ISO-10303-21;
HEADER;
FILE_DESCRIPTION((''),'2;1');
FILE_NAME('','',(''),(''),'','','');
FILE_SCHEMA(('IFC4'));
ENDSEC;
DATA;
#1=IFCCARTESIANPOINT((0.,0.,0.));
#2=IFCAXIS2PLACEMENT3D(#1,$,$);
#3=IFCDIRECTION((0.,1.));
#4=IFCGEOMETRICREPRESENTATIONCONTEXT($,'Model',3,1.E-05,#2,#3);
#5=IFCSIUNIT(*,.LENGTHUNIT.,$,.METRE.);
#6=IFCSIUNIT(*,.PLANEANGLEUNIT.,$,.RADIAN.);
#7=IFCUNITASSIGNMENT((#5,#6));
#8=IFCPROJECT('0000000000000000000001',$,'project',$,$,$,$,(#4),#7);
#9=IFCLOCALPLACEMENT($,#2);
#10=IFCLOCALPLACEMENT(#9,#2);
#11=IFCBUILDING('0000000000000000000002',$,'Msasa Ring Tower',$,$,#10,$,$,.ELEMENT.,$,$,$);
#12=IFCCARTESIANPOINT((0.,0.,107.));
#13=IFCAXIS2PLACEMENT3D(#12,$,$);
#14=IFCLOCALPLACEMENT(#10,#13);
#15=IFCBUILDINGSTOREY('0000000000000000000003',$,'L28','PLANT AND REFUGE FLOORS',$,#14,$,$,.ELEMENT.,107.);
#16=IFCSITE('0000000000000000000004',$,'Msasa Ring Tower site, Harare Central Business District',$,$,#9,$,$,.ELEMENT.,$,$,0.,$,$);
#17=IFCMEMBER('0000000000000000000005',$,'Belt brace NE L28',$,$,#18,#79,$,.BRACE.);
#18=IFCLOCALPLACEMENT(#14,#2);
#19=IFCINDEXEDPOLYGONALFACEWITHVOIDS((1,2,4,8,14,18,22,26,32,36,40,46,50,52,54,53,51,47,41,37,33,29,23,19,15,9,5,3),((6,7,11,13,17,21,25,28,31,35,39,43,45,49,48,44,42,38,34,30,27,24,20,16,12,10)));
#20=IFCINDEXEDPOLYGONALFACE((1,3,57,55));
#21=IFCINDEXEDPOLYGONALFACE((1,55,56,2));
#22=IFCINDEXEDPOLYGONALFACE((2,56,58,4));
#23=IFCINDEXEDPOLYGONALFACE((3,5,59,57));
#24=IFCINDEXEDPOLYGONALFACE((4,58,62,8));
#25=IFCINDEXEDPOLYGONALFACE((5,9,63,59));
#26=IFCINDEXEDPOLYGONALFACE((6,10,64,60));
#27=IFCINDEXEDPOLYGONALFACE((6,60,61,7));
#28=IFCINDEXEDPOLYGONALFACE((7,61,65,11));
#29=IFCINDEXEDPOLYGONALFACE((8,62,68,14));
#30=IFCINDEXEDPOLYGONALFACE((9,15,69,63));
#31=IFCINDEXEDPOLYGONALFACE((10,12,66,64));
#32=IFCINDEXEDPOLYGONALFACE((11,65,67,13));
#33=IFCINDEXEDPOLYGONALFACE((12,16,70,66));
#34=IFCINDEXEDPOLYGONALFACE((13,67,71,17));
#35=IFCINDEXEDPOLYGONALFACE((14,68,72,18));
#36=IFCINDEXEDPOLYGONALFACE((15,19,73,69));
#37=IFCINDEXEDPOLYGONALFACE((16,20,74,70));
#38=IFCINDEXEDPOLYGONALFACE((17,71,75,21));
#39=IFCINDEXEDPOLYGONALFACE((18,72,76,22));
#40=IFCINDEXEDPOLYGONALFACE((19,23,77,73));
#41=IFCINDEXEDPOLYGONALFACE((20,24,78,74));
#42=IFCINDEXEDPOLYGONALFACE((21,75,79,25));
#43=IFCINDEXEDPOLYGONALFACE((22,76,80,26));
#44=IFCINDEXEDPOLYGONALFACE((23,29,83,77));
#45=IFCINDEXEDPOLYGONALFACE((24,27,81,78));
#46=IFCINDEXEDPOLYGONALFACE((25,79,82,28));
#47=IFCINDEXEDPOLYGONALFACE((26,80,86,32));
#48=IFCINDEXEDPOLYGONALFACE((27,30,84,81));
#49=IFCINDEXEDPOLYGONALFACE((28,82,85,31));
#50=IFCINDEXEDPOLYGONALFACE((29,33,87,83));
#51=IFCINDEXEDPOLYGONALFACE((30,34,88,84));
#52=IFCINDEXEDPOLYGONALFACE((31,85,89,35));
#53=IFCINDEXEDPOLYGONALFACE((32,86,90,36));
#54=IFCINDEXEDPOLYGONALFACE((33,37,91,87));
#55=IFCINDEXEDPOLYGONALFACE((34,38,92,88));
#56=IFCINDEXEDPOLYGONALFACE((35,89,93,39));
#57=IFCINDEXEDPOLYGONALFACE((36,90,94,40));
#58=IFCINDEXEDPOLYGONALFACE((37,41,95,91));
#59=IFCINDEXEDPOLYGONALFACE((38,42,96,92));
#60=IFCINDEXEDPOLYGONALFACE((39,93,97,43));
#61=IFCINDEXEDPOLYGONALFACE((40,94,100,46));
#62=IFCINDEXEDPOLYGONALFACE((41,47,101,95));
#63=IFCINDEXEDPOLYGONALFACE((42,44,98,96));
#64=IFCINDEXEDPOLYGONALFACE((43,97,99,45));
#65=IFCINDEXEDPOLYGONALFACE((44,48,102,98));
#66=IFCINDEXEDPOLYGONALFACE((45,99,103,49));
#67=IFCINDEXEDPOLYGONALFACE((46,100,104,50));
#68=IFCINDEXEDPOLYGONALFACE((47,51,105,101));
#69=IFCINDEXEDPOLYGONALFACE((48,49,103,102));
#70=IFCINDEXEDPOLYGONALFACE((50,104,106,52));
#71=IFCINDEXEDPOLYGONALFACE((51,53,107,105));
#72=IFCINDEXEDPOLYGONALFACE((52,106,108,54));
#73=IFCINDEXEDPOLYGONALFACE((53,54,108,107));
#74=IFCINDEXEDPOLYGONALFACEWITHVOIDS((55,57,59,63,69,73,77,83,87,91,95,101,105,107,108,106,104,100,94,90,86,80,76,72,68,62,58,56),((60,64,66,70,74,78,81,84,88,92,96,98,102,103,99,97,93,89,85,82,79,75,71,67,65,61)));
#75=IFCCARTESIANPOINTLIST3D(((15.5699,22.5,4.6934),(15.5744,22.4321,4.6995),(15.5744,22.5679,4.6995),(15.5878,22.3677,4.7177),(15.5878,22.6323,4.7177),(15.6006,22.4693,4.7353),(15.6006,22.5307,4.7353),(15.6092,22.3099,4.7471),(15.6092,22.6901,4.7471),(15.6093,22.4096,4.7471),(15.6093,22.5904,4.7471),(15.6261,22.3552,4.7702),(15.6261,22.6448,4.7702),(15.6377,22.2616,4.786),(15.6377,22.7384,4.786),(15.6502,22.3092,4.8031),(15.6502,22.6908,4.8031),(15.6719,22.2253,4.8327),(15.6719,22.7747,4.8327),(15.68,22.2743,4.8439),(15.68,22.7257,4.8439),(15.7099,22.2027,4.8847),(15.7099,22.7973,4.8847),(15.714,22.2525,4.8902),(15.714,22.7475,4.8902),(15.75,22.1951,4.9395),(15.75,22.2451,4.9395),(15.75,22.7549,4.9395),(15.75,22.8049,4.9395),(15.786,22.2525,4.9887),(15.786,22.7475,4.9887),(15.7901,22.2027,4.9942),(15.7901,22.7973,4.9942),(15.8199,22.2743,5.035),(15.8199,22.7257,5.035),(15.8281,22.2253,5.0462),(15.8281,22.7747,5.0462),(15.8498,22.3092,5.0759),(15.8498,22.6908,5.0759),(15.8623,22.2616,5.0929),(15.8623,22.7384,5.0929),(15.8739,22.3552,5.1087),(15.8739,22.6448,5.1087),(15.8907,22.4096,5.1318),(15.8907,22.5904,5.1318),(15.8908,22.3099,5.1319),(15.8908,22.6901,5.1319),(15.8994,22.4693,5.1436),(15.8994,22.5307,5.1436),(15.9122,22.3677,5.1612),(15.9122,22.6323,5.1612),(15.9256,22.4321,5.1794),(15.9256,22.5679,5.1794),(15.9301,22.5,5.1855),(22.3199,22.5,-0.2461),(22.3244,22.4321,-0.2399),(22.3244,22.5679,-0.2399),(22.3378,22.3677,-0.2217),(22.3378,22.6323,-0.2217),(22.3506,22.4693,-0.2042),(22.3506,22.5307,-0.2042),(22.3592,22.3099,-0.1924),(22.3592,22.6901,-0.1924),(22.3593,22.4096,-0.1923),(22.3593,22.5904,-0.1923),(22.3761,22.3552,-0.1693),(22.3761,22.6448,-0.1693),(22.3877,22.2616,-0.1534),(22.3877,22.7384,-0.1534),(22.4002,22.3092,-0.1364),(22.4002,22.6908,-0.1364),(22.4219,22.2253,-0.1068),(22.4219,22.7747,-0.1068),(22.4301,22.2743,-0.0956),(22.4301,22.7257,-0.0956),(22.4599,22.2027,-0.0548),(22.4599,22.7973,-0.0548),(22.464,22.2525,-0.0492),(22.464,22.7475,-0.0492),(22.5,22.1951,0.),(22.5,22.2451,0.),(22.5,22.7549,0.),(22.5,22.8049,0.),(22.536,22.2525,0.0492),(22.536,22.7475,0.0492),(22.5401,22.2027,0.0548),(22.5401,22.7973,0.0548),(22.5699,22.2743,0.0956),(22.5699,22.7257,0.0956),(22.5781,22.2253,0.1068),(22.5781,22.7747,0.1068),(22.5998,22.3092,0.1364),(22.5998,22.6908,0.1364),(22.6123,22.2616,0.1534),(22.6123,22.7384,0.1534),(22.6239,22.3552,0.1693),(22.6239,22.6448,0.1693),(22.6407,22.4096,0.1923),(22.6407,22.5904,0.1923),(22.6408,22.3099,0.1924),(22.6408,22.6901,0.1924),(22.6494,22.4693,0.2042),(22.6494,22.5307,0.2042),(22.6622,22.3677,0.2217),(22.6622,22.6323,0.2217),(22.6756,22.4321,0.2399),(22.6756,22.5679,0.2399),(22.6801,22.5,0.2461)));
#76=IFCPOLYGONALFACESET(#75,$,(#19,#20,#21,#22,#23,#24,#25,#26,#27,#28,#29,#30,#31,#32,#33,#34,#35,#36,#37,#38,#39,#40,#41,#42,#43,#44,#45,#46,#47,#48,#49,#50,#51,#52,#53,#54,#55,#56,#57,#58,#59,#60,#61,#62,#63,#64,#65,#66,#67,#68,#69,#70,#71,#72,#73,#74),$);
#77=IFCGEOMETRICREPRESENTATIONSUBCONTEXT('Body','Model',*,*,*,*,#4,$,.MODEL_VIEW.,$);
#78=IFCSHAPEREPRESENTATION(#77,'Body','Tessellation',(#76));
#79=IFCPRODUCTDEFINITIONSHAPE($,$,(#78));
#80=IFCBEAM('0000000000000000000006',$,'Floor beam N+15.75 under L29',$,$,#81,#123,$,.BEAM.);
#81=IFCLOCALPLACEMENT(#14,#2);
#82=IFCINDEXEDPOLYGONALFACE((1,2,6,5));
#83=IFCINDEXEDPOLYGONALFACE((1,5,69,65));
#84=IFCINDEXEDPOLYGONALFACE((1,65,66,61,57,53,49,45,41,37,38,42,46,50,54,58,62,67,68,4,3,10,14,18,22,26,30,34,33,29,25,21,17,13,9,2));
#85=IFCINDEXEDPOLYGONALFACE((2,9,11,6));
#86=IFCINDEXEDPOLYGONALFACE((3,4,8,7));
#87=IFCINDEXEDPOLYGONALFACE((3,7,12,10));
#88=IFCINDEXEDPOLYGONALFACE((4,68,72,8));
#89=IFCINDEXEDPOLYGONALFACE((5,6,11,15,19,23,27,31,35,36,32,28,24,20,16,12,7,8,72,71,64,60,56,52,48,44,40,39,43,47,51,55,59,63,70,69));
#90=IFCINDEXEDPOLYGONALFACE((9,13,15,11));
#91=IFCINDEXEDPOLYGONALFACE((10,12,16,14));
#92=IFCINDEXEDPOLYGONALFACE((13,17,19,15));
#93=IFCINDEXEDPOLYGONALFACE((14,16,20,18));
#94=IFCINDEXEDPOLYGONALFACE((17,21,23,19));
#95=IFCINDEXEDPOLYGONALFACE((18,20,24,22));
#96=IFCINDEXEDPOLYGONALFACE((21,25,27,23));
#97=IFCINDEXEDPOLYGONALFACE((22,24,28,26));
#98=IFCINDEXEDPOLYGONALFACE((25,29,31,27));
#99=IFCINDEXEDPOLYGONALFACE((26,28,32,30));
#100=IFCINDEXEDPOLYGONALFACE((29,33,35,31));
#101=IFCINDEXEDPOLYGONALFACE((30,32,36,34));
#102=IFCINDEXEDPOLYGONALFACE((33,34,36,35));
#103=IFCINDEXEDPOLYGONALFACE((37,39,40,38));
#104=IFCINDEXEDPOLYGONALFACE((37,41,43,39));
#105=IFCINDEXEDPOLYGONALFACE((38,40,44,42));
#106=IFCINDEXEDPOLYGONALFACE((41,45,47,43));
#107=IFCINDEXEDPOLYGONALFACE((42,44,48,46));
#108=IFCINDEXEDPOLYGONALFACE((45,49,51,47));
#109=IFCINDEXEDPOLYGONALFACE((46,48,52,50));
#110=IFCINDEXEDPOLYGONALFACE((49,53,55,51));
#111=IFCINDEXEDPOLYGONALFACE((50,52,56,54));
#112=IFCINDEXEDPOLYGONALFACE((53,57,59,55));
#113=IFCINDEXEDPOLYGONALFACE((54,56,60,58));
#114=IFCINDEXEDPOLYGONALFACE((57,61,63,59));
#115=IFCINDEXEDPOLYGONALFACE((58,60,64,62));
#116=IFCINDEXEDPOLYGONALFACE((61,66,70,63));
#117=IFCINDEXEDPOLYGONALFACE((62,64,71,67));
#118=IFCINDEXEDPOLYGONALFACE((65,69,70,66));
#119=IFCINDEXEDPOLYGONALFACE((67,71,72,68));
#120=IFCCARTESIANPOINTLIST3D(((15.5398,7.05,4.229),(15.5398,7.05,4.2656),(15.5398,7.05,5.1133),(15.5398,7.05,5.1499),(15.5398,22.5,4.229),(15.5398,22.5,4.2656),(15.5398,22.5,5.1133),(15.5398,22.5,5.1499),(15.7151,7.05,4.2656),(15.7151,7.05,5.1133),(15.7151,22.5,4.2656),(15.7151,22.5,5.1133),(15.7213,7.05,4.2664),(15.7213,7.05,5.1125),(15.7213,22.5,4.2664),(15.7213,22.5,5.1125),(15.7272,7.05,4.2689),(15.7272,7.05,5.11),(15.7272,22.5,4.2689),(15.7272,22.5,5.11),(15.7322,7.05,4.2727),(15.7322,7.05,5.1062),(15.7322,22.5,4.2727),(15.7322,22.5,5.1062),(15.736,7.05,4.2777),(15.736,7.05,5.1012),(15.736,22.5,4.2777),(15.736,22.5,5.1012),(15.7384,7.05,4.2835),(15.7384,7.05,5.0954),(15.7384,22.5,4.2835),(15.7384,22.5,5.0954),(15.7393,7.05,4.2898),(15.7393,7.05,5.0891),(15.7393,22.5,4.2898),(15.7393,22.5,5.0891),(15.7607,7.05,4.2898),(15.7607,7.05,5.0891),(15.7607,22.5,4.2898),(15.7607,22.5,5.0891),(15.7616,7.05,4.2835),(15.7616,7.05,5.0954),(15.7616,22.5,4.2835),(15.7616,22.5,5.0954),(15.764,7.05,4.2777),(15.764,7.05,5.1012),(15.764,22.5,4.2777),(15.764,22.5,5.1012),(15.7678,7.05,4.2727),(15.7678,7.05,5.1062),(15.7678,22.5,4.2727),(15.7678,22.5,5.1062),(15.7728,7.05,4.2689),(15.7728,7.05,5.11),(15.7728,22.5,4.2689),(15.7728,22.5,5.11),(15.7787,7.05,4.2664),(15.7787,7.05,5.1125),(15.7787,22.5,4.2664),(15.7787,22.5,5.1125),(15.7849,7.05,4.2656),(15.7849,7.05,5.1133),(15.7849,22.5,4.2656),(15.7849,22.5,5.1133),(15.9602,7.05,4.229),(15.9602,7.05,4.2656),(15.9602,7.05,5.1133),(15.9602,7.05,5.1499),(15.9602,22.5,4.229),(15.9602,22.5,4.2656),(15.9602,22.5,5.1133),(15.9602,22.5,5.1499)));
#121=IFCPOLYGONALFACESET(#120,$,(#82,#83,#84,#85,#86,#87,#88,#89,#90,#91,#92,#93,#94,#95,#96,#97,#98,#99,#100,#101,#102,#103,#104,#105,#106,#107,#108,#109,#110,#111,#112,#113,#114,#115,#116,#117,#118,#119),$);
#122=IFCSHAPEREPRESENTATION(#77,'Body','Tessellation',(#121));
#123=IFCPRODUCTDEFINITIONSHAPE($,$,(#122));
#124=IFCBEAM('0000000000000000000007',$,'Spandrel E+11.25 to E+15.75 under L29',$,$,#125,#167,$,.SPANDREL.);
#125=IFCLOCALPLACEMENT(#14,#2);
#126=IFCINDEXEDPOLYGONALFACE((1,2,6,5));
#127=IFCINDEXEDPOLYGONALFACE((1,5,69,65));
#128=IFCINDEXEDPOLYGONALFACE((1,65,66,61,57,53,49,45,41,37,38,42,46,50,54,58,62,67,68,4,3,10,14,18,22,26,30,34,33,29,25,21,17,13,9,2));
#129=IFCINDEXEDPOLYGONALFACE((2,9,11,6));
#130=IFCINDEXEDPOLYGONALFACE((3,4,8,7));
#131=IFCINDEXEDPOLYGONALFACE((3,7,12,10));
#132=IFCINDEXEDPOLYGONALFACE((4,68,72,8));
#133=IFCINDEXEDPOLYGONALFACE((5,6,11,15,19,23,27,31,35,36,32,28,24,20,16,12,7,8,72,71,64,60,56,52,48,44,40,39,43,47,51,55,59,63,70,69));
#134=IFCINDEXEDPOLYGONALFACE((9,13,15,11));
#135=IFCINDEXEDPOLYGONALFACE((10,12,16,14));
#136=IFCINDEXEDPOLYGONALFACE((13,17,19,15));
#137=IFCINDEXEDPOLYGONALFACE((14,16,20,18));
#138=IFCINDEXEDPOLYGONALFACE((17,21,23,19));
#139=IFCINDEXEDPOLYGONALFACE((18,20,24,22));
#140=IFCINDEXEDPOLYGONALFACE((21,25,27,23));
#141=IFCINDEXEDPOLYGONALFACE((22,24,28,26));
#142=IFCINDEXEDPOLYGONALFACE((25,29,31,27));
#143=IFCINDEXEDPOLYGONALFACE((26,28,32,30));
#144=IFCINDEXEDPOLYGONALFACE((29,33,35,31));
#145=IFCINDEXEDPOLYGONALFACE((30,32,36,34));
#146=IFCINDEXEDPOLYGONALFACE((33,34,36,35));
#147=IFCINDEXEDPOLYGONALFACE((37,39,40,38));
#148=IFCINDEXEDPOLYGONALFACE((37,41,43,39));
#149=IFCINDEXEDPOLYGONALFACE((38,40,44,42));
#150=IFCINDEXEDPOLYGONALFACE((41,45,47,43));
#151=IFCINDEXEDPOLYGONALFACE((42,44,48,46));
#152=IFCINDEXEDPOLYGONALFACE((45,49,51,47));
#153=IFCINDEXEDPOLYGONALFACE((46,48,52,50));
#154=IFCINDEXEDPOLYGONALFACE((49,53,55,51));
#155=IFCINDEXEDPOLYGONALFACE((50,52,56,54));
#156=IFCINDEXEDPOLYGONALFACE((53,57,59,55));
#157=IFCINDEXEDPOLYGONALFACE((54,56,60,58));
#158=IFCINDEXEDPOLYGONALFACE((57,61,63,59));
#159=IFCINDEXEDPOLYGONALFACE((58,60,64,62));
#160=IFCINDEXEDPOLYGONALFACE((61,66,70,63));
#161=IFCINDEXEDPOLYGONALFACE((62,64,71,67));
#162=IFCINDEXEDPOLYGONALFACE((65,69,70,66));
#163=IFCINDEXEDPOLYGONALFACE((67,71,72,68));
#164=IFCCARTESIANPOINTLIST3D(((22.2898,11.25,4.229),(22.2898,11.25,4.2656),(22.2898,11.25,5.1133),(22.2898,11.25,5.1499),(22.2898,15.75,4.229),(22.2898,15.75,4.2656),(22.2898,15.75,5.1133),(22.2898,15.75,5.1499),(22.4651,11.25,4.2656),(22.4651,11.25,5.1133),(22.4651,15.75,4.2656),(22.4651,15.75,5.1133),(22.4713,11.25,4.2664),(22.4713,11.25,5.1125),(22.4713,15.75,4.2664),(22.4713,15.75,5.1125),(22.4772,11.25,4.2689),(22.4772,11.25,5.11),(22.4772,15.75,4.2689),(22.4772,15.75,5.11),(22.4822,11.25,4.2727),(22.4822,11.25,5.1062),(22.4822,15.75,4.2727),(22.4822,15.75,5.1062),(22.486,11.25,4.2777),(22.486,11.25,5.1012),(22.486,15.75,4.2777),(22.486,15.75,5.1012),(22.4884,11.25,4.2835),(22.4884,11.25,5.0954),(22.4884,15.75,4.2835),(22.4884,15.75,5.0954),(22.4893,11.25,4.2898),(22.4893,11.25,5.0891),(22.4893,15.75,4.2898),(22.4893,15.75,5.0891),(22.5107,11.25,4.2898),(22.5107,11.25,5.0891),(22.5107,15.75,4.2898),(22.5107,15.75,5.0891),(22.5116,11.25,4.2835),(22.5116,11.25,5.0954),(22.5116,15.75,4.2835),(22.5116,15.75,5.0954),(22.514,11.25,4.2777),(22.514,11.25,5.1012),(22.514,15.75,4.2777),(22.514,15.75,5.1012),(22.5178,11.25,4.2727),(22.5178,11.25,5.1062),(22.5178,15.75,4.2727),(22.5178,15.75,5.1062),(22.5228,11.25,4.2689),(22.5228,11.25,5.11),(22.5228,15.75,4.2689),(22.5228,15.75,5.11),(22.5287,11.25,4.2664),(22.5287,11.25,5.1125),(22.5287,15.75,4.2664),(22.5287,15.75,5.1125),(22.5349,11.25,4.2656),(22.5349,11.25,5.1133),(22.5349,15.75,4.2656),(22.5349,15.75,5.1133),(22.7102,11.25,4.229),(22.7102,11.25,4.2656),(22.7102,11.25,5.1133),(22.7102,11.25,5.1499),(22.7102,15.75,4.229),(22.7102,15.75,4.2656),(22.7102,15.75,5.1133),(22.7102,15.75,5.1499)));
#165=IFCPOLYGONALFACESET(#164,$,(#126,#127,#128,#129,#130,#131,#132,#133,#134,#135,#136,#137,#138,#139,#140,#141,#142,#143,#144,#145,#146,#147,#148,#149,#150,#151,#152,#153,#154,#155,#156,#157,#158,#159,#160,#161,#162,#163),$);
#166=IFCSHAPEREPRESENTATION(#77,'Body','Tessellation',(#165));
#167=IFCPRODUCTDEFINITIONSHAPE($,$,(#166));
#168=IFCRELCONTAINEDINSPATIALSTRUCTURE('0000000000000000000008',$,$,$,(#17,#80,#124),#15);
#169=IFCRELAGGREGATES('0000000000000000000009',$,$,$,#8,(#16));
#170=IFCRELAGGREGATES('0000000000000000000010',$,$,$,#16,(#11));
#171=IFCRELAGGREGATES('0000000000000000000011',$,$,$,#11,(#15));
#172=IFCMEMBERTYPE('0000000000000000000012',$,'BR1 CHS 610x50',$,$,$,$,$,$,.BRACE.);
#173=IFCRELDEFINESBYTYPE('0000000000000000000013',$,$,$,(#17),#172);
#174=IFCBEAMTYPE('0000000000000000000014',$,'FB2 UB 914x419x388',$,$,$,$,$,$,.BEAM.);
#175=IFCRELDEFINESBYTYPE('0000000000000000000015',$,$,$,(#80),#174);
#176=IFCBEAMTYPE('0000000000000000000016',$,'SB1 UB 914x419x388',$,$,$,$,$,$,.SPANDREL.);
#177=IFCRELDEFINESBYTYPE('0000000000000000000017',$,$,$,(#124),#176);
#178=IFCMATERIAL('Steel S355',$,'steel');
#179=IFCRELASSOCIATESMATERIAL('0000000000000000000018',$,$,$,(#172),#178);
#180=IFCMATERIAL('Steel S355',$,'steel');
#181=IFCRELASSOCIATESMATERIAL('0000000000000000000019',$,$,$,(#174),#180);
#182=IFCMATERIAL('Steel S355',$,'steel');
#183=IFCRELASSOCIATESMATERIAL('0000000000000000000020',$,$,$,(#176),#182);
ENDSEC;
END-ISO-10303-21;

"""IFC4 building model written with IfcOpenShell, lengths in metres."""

from ifc_helpers import new_model, si_unit, direction, frame, origin, origin_2d, place, context, subcontext, project, spatial, hollow_circle, i_section, extrude, material, material_profile, profile_set, type_object, element, save


model = new_model("IFC4")

# Units and contexts
model_context = context("Model", 3, precision=1e-05, world=origin(), true_north=direction((0.0, 1.0)))
body_context = subcontext(model_context, "Body", "Model", "MODEL_VIEW")
ifc_project = project(units=[si_unit("LENGTHUNIT", "METRE"), si_unit("PLANEANGLEUNIT", "RADIAN")], contexts=[model_context])

# Site, building, storey
site_placement = place(None, origin())
site = spatial("IfcSite", under=ifc_project, at=site_placement, Name="Msasa Ring Tower site, Harare Central Business District", CompositionType="ELEMENT", RefElevation=0.0)
building_placement = place(site_placement, origin())
building = spatial("IfcBuilding", under=site, at=building_placement, Name="Msasa Ring Tower", CompositionType="ELEMENT")
storey_placement = place(building_placement, frame((0.0, 0.0, 107.0)))
storey = spatial("IfcBuildingStorey", under=building, at=storey_placement, Name="L28", Description="PLANT AND REFUGE FLOORS", CompositionType="ELEMENT", Elevation=107.0)

# Member
ifc_material_1 = material(Name="Steel S355", Category="steel")
ifc_material_profile_1 = material_profile(ifc_material_1, hollow_circle(Radius=0.3049, WallThickness=0.05, at=origin_2d()), Name="CHS 610x50")
ifc_profile_set_1 = profile_set([ifc_material_profile_1], Name="Steel S355")
member_type = type_object("IfcMemberType", Name="BR1 CHS 610x50", PredefinedType="BRACE", material=ifc_profile_set_1)
for number, where, z_axis, x_axis, name in (
    (1, (22.5, 22.5, 0.0), (-0.807006, 0.0, 0.590543), (0.0, -1.0, 0.0), "Belt brace NE L28"),
):
    element("IfcMember", number, at=place(storey_placement, frame(where, z_axis=z_axis, x_axis=x_axis)), inside=storey, type_object=member_type, Name=name, PredefinedType="BRACE", context=body_context, shape_type="SweptSolid", body=[
        extrude(hollow_circle(Radius=0.3049, WallThickness=0.05, at=origin_2d()), origin(), (0.0, 0.0, 1.0), 8.3643),
    ])

# Beams
ifc_material_2 = material(Name="Steel S355", Category="steel")
ifc_material_profile_2 = material_profile(ifc_material_2, i_section(OverallWidth=0.4204, OverallDepth=0.9209, WebThickness=0.0215, FlangeThickness=0.0366, FilletRadius=0.0242, at=origin_2d()), Name="UB 914x419x388")
ifc_profile_set_2 = profile_set([ifc_material_profile_2], Name="Steel S355")
beam_type_1 = type_object("IfcBeamType", Name="FB2 UB 914x419x388", PredefinedType="BEAM", material=ifc_profile_set_2)
beam_1_placement = place(storey_placement, frame((15.75, 22.5, 4.6895), z_axis=(0.0, -1.0, 0.0), x_axis=(1.0, 0.0, 0.0)))
element("IfcBeam", 2, at=beam_1_placement, inside=storey, type_object=beam_type_1, Name="Floor beam N+15.75 under L29", PredefinedType="BEAM", context=body_context, shape_type="SweptSolid", body=[
    extrude(i_section(OverallWidth=0.4204, OverallDepth=0.9209, WebThickness=0.0215, FlangeThickness=0.0366, FilletRadius=0.0242, at=origin_2d()), origin(), (0.0, 0.0, 1.0), 15.45),
])
ifc_material_3 = material(Name="Steel S355", Category="steel")
ifc_material_profile_3 = material_profile(ifc_material_3, i_section(OverallWidth=0.4204, OverallDepth=0.9209, WebThickness=0.0215, FlangeThickness=0.0366, FilletRadius=0.0242, at=origin_2d()), Name="UB 914x419x388")
ifc_profile_set_3 = profile_set([ifc_material_profile_3], Name="Steel S355")
beam_type_2 = type_object("IfcBeamType", Name="SB1 UB 914x419x388", PredefinedType="SPANDREL", material=ifc_profile_set_3)
beam_2_placement = place(storey_placement, frame((22.5, 11.25, 4.6895), z_axis=(0.0, 1.0, 0.0), x_axis=(-1.0, 0.0, 0.0)))
element("IfcBeam", 3, at=beam_2_placement, inside=storey, type_object=beam_type_2, Name="Spandrel E+11.25 to E+15.75 under L29", PredefinedType="SPANDREL", context=body_context, shape_type="SweptSolid", body=[
    extrude(i_section(OverallWidth=0.4204, OverallDepth=0.9209, WebThickness=0.0215, FlangeThickness=0.0366, FilletRadius=0.0242, at=origin_2d()), origin(), (0.0, 0.0, 1.0), 4.5),
])

save(model, "model.ifc")
